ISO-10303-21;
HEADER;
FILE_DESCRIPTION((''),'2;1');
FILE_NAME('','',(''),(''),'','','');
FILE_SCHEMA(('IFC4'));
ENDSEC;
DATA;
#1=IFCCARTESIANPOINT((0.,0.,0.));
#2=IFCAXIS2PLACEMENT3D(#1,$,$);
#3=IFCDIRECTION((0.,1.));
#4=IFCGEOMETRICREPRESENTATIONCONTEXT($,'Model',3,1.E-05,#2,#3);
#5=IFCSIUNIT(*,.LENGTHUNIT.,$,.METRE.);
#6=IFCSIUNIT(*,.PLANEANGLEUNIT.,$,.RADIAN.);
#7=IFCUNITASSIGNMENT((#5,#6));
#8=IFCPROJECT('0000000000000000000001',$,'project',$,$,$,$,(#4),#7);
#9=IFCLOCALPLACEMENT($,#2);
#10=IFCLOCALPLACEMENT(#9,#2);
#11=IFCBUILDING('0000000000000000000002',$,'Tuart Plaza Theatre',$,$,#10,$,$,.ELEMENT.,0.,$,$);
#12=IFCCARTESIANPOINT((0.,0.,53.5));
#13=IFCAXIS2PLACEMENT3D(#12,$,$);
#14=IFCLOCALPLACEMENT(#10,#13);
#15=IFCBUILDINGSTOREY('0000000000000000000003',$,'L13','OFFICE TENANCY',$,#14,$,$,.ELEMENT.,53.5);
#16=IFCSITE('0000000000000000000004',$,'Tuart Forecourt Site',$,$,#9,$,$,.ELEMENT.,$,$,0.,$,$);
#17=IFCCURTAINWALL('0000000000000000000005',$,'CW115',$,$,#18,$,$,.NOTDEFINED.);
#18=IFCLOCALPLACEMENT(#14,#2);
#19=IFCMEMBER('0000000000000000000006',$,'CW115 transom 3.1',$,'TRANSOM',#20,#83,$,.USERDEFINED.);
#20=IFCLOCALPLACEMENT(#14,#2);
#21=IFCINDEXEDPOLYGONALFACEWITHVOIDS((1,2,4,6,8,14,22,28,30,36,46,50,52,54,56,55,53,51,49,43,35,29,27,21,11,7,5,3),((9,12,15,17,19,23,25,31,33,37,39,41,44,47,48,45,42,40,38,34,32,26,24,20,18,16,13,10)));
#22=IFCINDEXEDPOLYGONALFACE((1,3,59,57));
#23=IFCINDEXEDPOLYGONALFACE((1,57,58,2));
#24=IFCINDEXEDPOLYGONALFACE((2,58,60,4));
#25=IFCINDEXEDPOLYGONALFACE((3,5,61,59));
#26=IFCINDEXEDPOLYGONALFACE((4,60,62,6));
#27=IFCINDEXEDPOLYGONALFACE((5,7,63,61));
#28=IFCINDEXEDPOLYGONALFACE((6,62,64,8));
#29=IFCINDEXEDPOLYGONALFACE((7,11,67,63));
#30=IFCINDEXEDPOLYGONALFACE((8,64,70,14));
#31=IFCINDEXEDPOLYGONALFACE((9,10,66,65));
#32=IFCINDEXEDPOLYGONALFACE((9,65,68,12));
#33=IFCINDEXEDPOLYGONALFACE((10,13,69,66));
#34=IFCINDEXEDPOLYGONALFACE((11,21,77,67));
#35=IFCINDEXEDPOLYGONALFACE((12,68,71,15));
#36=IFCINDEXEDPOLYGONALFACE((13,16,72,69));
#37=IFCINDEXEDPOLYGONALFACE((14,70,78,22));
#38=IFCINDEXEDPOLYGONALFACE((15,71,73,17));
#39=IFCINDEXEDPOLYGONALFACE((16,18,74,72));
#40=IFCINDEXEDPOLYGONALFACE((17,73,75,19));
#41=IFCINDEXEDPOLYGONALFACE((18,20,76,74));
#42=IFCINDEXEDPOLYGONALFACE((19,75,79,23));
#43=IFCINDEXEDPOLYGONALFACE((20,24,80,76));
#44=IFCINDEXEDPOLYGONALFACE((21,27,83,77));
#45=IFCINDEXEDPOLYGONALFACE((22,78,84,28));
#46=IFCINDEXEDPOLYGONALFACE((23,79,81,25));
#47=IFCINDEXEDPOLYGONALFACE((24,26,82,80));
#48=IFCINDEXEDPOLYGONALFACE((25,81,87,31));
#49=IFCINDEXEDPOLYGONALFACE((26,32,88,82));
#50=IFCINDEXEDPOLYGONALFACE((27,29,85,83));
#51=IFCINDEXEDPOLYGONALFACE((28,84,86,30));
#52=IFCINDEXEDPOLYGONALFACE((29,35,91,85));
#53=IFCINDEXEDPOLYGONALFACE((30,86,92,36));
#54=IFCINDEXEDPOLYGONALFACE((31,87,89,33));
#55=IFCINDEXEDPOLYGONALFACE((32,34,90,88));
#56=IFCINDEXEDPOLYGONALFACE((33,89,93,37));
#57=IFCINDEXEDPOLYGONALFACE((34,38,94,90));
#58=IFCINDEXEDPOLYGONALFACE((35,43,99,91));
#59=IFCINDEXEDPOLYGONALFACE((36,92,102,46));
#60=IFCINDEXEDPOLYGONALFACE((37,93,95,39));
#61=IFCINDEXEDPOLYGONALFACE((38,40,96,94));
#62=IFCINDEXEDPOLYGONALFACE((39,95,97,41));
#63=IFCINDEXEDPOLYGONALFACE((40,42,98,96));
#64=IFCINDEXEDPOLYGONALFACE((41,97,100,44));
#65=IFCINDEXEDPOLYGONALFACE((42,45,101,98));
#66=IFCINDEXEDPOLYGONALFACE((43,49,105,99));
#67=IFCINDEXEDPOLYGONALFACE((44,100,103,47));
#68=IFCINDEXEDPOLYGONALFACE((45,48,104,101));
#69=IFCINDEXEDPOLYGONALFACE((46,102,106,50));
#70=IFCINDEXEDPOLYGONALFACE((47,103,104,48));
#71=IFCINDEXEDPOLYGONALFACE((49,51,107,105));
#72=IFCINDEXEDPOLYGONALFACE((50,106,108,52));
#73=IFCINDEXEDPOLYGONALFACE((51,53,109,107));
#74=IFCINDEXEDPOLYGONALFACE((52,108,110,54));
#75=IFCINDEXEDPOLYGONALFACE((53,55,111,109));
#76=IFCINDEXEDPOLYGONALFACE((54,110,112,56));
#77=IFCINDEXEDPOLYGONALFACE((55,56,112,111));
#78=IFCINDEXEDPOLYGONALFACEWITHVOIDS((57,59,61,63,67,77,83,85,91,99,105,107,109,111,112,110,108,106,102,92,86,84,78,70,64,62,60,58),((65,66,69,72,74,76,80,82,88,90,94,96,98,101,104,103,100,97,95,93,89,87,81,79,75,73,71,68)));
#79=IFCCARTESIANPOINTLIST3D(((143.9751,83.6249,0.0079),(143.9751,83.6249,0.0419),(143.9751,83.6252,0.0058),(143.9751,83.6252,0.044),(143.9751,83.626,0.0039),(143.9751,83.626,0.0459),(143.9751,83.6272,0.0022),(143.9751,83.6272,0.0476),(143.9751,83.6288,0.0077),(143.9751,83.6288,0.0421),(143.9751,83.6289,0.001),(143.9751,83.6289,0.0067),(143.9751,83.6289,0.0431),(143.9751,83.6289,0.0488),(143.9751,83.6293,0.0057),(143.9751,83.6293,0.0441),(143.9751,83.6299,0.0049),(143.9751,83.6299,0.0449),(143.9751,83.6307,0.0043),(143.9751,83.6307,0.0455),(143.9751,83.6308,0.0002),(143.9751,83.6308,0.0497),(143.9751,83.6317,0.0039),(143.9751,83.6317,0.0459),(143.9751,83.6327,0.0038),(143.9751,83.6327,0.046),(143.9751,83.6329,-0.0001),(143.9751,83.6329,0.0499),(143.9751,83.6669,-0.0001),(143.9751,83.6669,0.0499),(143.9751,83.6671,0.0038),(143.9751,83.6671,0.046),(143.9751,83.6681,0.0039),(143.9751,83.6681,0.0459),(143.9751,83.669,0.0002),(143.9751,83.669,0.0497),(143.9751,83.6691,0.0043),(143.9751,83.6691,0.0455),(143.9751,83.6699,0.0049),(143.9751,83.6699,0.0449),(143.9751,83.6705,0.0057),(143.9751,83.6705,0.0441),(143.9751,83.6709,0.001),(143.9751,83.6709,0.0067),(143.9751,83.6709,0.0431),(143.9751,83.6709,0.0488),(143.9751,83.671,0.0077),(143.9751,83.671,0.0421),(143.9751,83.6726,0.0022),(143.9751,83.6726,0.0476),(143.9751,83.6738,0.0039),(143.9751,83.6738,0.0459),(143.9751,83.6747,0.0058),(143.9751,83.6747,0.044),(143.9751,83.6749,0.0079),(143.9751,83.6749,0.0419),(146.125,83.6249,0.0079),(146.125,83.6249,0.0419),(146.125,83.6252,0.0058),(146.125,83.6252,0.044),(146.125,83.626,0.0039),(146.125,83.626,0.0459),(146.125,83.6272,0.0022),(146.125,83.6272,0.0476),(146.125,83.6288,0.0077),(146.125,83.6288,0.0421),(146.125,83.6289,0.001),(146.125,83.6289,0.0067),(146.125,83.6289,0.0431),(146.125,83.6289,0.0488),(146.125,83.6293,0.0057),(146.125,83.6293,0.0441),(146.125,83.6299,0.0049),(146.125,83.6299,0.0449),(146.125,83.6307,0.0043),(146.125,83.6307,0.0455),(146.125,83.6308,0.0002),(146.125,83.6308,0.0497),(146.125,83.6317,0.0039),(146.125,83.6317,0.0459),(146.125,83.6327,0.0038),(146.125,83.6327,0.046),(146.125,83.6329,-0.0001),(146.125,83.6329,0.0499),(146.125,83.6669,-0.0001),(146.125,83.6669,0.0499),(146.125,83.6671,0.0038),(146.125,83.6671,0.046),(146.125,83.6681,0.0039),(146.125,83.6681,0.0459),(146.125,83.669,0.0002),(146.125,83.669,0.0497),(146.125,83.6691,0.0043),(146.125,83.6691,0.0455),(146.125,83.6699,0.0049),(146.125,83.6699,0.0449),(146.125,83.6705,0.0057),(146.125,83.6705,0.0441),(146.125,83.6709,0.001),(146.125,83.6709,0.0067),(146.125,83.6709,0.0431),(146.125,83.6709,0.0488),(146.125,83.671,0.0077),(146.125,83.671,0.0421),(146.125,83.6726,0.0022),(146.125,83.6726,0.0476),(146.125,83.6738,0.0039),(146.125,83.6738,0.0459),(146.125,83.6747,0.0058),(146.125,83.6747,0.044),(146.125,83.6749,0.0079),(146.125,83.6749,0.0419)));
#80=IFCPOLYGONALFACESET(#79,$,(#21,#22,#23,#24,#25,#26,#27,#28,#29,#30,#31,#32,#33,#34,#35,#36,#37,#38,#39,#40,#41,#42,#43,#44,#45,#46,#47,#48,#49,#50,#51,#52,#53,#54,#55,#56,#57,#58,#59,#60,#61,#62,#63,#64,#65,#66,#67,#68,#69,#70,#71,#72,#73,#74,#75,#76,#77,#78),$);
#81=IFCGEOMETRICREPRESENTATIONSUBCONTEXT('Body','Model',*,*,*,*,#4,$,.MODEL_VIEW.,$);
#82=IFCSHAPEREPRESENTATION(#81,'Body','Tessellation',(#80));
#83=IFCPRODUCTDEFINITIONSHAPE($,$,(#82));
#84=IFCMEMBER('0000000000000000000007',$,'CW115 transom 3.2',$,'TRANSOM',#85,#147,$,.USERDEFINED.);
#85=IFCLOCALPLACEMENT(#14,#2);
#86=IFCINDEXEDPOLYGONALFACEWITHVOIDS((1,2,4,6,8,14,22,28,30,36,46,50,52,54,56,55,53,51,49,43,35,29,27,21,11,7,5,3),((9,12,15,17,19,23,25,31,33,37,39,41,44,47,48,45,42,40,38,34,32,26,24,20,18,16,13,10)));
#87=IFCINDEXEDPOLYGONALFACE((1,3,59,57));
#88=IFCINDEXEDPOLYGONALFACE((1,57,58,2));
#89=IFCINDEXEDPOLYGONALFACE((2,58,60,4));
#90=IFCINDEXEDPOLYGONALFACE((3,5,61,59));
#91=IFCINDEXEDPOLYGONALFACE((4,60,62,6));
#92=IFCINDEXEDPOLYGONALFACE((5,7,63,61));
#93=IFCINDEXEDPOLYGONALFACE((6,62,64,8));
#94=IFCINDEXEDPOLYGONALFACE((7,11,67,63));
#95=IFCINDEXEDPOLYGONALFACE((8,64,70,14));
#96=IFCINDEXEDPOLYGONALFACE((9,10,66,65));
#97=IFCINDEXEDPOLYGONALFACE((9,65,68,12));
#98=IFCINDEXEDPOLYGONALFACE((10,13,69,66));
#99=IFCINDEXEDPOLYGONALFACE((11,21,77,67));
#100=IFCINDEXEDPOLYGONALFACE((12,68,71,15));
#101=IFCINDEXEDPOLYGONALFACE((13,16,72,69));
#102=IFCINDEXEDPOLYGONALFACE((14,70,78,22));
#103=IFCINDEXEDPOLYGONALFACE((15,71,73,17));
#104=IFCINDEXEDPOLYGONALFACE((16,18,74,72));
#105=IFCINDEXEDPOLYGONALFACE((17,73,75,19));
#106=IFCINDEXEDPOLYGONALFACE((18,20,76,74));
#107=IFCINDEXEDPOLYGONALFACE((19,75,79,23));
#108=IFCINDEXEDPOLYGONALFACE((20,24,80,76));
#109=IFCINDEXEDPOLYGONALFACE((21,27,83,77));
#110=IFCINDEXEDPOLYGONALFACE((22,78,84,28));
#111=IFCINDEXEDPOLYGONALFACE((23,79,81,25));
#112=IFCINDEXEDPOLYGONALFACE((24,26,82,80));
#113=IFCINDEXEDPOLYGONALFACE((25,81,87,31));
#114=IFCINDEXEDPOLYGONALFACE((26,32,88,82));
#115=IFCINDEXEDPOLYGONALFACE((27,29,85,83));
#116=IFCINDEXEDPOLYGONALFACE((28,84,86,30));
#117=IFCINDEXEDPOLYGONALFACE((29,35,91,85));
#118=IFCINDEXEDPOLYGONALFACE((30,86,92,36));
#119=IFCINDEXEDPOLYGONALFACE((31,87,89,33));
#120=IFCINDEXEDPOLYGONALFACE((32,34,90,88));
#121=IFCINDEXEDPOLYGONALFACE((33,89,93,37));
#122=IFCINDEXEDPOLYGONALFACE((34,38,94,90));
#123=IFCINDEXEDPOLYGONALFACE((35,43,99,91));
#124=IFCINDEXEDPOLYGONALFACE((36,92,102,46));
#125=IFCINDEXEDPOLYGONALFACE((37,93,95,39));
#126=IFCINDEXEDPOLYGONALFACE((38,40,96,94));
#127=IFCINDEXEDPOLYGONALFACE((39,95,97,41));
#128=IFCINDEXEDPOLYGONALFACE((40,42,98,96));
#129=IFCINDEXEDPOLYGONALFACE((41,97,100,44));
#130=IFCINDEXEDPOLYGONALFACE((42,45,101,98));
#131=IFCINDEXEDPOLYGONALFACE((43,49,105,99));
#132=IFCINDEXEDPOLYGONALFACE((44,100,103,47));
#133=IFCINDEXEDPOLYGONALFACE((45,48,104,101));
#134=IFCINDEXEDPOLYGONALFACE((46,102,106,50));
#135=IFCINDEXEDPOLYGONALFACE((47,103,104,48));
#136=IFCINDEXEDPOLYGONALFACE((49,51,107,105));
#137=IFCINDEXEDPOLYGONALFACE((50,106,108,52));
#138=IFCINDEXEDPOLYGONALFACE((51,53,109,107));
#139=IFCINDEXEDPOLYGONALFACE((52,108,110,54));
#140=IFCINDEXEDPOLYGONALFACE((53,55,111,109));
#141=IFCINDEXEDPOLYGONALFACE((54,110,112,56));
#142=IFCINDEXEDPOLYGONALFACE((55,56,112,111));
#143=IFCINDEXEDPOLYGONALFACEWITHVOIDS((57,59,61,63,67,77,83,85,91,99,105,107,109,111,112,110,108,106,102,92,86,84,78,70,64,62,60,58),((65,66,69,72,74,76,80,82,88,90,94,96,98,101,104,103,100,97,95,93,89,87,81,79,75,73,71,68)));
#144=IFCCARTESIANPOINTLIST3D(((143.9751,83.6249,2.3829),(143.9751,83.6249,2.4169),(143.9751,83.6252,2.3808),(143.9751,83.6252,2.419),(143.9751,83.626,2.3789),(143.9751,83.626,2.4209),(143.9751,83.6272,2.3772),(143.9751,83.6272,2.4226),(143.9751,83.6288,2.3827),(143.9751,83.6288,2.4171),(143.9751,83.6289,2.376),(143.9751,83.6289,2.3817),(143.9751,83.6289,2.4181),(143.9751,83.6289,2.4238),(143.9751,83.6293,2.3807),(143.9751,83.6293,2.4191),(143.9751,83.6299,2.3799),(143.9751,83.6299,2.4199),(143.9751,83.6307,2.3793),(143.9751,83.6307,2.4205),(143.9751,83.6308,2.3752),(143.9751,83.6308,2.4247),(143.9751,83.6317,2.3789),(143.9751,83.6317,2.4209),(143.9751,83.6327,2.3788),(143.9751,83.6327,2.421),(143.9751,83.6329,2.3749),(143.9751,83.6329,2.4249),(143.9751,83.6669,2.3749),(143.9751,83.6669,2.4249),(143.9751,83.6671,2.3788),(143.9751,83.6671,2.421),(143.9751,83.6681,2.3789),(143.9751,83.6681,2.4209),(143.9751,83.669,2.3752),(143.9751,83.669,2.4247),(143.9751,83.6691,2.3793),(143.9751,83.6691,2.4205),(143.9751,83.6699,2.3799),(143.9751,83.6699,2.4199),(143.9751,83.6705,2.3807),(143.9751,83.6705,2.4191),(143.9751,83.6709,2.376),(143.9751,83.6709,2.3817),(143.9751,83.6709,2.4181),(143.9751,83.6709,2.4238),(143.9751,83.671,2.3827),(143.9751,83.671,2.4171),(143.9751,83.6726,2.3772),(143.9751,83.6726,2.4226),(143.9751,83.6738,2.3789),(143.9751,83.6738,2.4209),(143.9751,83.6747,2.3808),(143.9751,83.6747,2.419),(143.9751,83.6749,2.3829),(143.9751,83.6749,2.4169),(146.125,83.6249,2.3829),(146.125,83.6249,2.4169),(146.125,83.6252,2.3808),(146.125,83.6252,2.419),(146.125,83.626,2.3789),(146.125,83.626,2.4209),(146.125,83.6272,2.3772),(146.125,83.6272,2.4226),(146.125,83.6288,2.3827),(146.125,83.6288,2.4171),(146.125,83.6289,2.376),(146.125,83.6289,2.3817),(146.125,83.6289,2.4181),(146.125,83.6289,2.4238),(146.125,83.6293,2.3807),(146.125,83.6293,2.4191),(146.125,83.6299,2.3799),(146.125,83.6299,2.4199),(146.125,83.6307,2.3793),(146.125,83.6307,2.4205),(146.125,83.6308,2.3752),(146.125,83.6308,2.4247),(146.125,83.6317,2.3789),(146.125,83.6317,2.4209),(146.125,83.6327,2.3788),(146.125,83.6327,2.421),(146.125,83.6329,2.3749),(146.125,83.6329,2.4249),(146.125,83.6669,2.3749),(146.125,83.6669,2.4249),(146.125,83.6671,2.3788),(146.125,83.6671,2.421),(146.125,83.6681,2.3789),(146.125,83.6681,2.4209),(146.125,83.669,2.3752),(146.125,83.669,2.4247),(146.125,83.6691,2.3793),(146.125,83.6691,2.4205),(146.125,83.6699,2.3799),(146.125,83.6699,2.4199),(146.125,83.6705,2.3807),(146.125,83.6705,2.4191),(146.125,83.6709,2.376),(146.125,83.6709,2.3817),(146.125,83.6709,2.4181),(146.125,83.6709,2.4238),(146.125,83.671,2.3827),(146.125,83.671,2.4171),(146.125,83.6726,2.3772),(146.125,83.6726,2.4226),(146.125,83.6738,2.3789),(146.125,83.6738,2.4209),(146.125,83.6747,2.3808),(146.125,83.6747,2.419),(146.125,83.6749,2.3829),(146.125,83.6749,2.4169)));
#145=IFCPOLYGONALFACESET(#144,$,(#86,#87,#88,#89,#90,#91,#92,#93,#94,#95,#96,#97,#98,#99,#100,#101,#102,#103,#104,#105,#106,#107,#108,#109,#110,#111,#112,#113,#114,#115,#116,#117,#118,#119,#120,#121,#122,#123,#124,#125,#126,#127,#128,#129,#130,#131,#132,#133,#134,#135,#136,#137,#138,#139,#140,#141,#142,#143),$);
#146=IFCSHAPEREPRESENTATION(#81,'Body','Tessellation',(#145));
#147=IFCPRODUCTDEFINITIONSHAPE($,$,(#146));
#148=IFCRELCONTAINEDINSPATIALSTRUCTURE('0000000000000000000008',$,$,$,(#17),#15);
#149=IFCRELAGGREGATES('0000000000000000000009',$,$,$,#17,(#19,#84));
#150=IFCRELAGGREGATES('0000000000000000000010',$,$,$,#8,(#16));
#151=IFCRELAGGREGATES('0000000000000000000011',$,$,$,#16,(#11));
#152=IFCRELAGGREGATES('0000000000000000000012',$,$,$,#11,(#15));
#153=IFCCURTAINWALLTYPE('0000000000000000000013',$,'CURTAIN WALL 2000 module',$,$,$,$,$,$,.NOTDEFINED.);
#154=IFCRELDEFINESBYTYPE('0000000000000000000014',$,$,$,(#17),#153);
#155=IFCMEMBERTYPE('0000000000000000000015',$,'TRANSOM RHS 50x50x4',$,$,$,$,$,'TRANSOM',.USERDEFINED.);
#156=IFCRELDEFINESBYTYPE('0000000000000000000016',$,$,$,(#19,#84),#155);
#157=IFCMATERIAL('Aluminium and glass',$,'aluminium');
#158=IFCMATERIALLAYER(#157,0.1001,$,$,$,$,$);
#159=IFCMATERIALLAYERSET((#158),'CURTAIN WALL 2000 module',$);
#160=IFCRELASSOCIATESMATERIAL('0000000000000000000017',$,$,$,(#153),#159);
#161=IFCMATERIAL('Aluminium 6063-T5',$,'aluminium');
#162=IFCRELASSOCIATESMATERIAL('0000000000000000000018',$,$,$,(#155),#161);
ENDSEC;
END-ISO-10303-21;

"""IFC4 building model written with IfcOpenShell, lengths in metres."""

from ifc_helpers import new_model, si_unit, direction, frame, origin, origin_2d, place, context, subcontext, project, spatial, hollow_rectangle, extrude, material, layer, layer_set, material_profile, profile_set, type_object, element, aggregate, save


model = new_model("IFC4")

# Units and contexts
model_context = context("Model", 3, precision=1e-05, world=origin(), true_north=direction((0.0, 1.0)))
body_context = subcontext(model_context, "Body", "Model", "MODEL_VIEW")
ifc_project = project(units=[si_unit("LENGTHUNIT", "METRE"), si_unit("PLANEANGLEUNIT", "RADIAN")], contexts=[model_context])

# Site, building, storey
site_placement = place(None, origin())
site = spatial("IfcSite", under=ifc_project, at=site_placement, Name="Tuart Forecourt Site", CompositionType="ELEMENT", RefElevation=0.0)
building_placement = place(site_placement, origin())
building = spatial("IfcBuilding", under=site, at=building_placement, Name="Tuart Plaza Theatre", CompositionType="ELEMENT", ElevationOfRefHeight=0.0)
storey_placement = place(building_placement, frame((0.0, 0.0, 53.5)))
storey = spatial("IfcBuildingStorey", under=building, at=storey_placement, Name="L13", Description="OFFICE TENANCY", CompositionType="ELEMENT", Elevation=53.5)

# Curtain wall
ifc_material_1 = material(Name="Aluminium and glass", Category="aluminium")
ifc_layer_1 = layer(ifc_material_1, 0.1001)
ifc_layer_set_1 = layer_set([ifc_layer_1], Name="CURTAIN WALL 2000 module")
curtain_wall_type = type_object("IfcCurtainWallType", Name="CURTAIN WALL 2000 module", PredefinedType="NOTDEFINED", material=ifc_layer_set_1)
curtain_wall_1_placement = place(storey_placement, origin())
curtain_wall_1 = element("IfcCurtainWall", 1, at=curtain_wall_1_placement, inside=storey, type_object=curtain_wall_type, Name="CW115", PredefinedType="NOTDEFINED")

# Members
ifc_material_2 = material(Name="Aluminium 6063-T5", Category="aluminium")
ifc_material_profile_1 = material_profile(ifc_material_2, hollow_rectangle(XDim=0.05, YDim=0.05, WallThickness=0.0039, InnerFilletRadius=0.0039, OuterFilletRadius=0.0081, at=origin_2d()), Name="RHS 50x50x4")
ifc_profile_set_1 = profile_set([ifc_material_profile_1], Name="Aluminium 6063-T5")
member_type_1 = type_object("IfcMemberType", Name="TRANSOM RHS 50x50x4", ElementType="TRANSOM", PredefinedType="USERDEFINED", material=ifc_profile_set_1)
member_1_placement = place(storey_placement, frame((146.125, 83.6499, 0.0249), z_axis=(-1.0, 0.0, 0.0), x_axis=(0.0, -1.0, 0.0)))
member_1 = element("IfcMember", 2, at=member_1_placement, type_object=member_type_1, Name="CW115 transom 3.1", ObjectType="TRANSOM", PredefinedType="USERDEFINED", context=body_context, shape_type="SweptSolid", body=[
    extrude(hollow_rectangle(XDim=0.05, YDim=0.05, WallThickness=0.0039, InnerFilletRadius=0.0039, OuterFilletRadius=0.0081, at=origin_2d()), origin(), (0.0, 0.0, 1.0), 2.1499),
])
member_2_placement = place(storey_placement, frame((146.125, 83.6499, 2.3999), z_axis=(-1.0, 0.0, 0.0), x_axis=(0.0, -1.0, 0.0)))
member_2 = element("IfcMember", 3, at=member_2_placement, type_object=member_type_1, Name="CW115 transom 3.2", ObjectType="TRANSOM", PredefinedType="USERDEFINED", context=body_context, shape_type="SweptSolid", body=[
    extrude(hollow_rectangle(XDim=0.05, YDim=0.05, WallThickness=0.0039, InnerFilletRadius=0.0039, OuterFilletRadius=0.0081, at=origin_2d()), origin(), (0.0, 0.0, 1.0), 2.1499),
])

aggregate(curtain_wall_1, [member_1, member_2])

save(model, "model.ifc")
